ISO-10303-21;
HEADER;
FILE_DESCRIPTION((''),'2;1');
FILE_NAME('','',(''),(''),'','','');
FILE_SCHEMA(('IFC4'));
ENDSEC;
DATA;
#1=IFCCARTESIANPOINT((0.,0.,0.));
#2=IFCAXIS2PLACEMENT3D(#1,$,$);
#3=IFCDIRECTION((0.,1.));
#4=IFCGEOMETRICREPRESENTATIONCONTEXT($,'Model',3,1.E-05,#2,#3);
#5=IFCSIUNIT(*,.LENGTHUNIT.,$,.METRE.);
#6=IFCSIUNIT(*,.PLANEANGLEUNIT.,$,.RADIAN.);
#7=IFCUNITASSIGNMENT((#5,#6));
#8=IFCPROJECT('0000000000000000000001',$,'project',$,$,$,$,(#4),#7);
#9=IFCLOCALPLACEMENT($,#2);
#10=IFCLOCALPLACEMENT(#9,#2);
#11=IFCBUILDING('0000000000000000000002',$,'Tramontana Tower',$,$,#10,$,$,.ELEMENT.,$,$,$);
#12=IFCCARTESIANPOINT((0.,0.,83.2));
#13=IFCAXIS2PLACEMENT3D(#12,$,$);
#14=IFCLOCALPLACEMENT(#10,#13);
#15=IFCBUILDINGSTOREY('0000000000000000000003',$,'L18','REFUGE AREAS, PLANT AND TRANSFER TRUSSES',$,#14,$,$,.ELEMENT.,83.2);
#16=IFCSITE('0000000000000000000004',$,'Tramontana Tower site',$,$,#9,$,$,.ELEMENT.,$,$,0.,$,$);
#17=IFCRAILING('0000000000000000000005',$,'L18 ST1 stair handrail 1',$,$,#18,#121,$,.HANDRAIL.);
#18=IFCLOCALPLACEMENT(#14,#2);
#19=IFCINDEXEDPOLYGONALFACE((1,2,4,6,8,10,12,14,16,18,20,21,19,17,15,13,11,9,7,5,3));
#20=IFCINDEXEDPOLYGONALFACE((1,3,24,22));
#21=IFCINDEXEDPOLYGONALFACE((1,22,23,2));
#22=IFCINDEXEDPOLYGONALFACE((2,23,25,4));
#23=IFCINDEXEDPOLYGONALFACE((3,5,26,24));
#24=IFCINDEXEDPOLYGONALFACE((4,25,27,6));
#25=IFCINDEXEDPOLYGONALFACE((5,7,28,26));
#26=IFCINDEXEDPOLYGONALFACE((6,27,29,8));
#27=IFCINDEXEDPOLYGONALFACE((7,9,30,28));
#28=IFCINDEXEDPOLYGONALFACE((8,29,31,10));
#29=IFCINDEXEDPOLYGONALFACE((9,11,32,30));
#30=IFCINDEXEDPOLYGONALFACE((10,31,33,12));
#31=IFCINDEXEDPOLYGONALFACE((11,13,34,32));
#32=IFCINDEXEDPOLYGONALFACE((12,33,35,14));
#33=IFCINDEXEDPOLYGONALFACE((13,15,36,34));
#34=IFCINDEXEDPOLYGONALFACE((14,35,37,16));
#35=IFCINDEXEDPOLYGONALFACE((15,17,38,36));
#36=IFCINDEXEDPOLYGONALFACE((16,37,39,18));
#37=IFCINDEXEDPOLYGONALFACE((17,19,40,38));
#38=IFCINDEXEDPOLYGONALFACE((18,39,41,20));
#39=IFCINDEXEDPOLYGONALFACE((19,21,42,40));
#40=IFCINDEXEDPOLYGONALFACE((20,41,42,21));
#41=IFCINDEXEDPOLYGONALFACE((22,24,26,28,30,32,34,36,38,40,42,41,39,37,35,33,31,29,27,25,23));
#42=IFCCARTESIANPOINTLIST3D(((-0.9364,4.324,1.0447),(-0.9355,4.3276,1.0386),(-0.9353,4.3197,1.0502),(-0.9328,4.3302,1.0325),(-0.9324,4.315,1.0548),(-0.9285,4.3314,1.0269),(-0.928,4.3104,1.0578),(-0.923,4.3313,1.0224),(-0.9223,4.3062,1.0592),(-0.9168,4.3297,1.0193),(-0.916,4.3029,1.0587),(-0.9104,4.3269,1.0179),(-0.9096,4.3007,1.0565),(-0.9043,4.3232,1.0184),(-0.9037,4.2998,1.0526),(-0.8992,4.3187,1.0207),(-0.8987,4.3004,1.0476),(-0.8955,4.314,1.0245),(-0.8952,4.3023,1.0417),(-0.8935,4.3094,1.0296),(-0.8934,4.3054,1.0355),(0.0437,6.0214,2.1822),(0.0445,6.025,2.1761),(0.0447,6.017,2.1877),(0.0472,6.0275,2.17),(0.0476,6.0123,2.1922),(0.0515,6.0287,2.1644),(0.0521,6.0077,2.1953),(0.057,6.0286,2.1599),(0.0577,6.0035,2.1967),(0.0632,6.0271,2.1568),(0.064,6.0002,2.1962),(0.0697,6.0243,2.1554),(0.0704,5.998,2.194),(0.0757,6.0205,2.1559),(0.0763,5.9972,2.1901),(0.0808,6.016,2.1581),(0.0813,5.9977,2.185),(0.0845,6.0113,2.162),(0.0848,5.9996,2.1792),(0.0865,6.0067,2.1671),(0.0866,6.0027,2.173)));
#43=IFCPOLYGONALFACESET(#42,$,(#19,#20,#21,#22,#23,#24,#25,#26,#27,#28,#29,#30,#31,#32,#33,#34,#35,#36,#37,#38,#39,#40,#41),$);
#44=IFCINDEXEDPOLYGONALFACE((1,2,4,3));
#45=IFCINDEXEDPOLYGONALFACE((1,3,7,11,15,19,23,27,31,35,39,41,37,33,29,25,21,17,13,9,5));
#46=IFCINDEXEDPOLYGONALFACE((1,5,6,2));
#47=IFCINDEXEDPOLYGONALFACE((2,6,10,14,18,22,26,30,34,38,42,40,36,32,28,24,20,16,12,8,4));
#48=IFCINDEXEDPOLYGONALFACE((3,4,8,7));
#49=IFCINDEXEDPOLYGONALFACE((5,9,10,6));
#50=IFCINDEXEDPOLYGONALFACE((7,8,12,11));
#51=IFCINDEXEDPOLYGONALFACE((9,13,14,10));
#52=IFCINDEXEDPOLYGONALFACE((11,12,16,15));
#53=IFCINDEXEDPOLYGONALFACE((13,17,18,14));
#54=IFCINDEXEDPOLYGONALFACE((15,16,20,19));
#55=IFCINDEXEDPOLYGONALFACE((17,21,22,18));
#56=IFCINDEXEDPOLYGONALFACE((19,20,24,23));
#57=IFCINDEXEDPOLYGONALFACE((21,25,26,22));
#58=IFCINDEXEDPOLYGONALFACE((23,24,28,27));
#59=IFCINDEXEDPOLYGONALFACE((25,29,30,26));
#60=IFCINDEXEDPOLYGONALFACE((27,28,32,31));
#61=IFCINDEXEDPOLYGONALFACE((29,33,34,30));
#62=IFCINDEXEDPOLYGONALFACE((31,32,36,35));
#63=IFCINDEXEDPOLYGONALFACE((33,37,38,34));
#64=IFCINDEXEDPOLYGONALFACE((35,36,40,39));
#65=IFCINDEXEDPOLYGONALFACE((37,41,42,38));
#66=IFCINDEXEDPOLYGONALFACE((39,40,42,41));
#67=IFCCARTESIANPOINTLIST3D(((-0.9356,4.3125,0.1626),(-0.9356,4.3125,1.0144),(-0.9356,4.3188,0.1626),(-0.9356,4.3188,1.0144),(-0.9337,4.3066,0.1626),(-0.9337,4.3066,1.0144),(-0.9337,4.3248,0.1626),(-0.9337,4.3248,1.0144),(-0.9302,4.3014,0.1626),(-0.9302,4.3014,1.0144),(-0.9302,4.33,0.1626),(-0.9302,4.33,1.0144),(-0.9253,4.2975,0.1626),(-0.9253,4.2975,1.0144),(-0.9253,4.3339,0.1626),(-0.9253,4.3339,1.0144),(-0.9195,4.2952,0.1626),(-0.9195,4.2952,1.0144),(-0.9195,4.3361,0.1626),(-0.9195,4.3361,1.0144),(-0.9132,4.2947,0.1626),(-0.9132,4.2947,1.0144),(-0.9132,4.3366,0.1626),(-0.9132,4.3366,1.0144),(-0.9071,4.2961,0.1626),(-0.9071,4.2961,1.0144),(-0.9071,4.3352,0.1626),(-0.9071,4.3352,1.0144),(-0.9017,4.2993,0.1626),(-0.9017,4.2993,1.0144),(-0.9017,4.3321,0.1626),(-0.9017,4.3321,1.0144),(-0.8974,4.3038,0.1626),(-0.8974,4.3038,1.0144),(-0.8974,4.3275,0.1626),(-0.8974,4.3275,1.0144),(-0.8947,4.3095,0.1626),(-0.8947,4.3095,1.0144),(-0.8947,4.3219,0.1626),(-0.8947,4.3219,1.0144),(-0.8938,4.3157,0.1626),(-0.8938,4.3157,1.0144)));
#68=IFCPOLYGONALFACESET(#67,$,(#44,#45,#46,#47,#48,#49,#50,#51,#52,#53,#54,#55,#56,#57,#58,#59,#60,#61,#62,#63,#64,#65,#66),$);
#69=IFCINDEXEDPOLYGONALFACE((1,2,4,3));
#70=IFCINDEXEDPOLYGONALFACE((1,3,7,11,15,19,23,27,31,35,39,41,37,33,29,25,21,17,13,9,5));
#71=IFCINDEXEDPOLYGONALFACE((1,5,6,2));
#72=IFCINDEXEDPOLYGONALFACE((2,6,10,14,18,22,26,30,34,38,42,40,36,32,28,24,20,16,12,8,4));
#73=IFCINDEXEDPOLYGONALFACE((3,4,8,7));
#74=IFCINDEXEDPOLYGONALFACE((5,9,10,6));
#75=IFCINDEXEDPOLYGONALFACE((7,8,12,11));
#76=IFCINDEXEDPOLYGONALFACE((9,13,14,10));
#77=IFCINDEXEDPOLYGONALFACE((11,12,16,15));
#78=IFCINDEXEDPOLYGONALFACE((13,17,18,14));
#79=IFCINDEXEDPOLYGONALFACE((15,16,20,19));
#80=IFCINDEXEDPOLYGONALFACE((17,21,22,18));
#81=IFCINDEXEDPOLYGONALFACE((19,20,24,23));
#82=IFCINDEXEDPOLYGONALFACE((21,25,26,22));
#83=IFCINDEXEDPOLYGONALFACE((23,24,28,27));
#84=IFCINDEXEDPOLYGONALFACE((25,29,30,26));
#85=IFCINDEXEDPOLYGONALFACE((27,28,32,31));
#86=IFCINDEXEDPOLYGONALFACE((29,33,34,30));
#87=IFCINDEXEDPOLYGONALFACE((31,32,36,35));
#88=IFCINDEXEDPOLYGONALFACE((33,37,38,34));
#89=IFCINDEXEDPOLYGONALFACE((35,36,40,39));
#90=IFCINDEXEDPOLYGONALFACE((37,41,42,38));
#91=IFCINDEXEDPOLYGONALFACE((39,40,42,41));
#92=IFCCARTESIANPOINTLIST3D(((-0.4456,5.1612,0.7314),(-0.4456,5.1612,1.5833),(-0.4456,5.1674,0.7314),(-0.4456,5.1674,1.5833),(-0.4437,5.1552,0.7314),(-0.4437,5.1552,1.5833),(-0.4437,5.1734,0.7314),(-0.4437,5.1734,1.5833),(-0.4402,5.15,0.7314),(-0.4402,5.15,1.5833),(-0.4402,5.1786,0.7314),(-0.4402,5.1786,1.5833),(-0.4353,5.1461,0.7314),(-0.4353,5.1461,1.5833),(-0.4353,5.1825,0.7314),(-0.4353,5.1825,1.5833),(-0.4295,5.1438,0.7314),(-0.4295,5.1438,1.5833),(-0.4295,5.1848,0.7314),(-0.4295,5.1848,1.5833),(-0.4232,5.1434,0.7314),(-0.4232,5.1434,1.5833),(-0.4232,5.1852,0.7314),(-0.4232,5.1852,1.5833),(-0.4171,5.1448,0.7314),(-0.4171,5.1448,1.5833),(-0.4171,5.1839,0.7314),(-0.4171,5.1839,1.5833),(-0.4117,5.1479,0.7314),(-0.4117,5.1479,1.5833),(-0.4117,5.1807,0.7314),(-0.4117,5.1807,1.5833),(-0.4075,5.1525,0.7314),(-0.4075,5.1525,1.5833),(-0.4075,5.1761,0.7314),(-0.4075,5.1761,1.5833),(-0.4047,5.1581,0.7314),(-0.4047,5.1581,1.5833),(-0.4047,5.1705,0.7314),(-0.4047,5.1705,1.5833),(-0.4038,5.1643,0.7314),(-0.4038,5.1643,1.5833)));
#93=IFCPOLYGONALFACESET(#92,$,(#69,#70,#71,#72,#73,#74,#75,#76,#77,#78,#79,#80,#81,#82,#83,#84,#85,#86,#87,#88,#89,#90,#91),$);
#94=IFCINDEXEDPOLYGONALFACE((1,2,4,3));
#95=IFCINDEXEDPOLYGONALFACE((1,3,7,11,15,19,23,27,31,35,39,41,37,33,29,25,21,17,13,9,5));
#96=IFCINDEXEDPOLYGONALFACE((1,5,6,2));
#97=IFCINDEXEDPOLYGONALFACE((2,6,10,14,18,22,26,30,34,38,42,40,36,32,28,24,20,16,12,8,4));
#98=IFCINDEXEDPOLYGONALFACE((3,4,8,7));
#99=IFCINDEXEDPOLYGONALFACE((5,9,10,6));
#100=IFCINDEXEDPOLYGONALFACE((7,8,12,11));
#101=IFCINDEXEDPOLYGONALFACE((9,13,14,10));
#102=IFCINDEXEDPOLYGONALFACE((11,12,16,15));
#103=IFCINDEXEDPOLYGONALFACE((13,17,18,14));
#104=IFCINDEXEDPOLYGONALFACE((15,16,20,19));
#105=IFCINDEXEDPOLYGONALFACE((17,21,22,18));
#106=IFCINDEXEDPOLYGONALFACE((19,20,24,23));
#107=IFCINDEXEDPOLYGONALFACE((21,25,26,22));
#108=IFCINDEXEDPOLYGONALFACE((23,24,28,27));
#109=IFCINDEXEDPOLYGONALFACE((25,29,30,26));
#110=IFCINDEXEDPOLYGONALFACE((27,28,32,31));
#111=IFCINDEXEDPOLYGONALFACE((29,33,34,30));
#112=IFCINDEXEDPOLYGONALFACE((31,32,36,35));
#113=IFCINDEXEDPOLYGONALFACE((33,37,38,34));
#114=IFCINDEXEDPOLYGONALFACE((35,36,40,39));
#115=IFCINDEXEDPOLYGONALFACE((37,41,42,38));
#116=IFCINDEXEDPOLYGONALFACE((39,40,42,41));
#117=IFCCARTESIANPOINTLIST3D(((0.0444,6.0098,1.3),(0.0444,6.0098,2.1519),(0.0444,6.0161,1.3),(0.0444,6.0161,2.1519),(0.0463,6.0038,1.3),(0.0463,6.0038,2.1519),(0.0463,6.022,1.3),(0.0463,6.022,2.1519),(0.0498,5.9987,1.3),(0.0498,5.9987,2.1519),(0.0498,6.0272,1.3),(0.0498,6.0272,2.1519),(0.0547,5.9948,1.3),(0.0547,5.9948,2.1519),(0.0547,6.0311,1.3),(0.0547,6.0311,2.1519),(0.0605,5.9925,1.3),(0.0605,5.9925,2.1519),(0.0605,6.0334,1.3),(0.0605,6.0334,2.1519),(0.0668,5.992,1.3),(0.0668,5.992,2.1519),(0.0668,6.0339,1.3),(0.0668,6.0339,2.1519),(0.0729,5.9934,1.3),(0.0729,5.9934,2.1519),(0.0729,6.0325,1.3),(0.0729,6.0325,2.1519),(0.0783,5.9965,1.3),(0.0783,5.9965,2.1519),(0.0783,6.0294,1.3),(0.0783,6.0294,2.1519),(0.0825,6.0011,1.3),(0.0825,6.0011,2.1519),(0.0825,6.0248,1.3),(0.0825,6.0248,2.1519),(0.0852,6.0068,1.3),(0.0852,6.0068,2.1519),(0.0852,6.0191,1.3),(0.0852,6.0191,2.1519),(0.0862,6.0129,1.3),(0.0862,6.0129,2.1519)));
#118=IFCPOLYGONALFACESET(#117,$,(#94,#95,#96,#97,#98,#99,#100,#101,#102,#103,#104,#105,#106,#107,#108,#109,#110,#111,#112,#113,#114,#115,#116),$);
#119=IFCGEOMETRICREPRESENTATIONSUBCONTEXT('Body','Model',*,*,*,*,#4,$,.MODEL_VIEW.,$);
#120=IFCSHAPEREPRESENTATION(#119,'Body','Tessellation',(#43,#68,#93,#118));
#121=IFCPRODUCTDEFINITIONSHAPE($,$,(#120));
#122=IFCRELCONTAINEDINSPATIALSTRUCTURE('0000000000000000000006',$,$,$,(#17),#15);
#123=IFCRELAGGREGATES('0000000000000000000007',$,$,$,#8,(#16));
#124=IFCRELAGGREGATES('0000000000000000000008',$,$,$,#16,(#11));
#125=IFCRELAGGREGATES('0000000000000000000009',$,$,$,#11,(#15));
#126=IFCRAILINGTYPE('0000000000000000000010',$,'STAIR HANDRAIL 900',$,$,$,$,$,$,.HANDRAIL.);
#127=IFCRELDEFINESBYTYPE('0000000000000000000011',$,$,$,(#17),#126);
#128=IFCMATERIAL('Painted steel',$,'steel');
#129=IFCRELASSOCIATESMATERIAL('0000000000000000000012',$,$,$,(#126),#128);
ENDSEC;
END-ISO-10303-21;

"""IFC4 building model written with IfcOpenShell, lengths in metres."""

from ifc_helpers import new_model, si_unit, direction, frame, origin, origin_2d, place, context, subcontext, project, spatial, circle, extrude, material, type_object, element, save


model = new_model("IFC4")

# Units and contexts
model_context = context("Model", 3, precision=1e-05, world=origin(), true_north=direction((0.0, 1.0)))
body_context = subcontext(model_context, "Body", "Model", "MODEL_VIEW")
ifc_project = project(units=[si_unit("LENGTHUNIT", "METRE"), si_unit("PLANEANGLEUNIT", "RADIAN")], contexts=[model_context])

# Site, building, storey
site_placement = place(None, origin())
site = spatial("IfcSite", under=ifc_project, at=site_placement, Name="Tramontana Tower site", CompositionType="ELEMENT", RefElevation=0.0)
building_placement = place(site_placement, origin())
building = spatial("IfcBuilding", under=site, at=building_placement, Name="Tramontana Tower", CompositionType="ELEMENT")
storey_placement = place(building_placement, frame((0.0, 0.0, 83.2)))
storey = spatial("IfcBuildingStorey", under=building, at=storey_placement, Name="L18", Description="REFUGE AREAS, PLANT AND TRANSFER TRUSSES", CompositionType="ELEMENT", Elevation=83.2)

# Railing
ifc_material_1 = material(Name="Painted steel", Category="steel")
railing_type = type_object("IfcRailingType", Name="STAIR HANDRAIL 900", PredefinedType="HANDRAIL", material=ifc_material_1)
railing_1_placement = place(storey_placement, frame((-0.9148, 4.3157, 0.1626)))
element("IfcRailing", 1, at=railing_1_placement, inside=storey, type_object=railing_type, Name="L18 ST1 stair handrail 1", PredefinedType="HANDRAIL", context=body_context, shape_type="SweptSolid", body=[
    extrude(circle(Radius=0.0239, at=origin_2d()), frame((0.0, 0.0, 0.876), z_axis=(0.432467, 0.749006, 0.501959), x_axis=(-0.866011, 0.500024, 0.0)), (0.0, 0.0, 1.0), 2.2661),
    extrude(circle(Radius=0.021, at=origin_2d()), origin(), (0.0, 0.0, 1.0), 0.8518),
    extrude(circle(Radius=0.021, at=origin_2d()), frame((0.49, 0.8486, 0.5688)), (0.0, 0.0, 1.0), 0.8518),
    extrude(circle(Radius=0.021, at=origin_2d()), frame((0.98, 1.6973, 1.1375)), (0.0, 0.0, 1.0), 0.8518),
])

save(model, "model.ifc")
